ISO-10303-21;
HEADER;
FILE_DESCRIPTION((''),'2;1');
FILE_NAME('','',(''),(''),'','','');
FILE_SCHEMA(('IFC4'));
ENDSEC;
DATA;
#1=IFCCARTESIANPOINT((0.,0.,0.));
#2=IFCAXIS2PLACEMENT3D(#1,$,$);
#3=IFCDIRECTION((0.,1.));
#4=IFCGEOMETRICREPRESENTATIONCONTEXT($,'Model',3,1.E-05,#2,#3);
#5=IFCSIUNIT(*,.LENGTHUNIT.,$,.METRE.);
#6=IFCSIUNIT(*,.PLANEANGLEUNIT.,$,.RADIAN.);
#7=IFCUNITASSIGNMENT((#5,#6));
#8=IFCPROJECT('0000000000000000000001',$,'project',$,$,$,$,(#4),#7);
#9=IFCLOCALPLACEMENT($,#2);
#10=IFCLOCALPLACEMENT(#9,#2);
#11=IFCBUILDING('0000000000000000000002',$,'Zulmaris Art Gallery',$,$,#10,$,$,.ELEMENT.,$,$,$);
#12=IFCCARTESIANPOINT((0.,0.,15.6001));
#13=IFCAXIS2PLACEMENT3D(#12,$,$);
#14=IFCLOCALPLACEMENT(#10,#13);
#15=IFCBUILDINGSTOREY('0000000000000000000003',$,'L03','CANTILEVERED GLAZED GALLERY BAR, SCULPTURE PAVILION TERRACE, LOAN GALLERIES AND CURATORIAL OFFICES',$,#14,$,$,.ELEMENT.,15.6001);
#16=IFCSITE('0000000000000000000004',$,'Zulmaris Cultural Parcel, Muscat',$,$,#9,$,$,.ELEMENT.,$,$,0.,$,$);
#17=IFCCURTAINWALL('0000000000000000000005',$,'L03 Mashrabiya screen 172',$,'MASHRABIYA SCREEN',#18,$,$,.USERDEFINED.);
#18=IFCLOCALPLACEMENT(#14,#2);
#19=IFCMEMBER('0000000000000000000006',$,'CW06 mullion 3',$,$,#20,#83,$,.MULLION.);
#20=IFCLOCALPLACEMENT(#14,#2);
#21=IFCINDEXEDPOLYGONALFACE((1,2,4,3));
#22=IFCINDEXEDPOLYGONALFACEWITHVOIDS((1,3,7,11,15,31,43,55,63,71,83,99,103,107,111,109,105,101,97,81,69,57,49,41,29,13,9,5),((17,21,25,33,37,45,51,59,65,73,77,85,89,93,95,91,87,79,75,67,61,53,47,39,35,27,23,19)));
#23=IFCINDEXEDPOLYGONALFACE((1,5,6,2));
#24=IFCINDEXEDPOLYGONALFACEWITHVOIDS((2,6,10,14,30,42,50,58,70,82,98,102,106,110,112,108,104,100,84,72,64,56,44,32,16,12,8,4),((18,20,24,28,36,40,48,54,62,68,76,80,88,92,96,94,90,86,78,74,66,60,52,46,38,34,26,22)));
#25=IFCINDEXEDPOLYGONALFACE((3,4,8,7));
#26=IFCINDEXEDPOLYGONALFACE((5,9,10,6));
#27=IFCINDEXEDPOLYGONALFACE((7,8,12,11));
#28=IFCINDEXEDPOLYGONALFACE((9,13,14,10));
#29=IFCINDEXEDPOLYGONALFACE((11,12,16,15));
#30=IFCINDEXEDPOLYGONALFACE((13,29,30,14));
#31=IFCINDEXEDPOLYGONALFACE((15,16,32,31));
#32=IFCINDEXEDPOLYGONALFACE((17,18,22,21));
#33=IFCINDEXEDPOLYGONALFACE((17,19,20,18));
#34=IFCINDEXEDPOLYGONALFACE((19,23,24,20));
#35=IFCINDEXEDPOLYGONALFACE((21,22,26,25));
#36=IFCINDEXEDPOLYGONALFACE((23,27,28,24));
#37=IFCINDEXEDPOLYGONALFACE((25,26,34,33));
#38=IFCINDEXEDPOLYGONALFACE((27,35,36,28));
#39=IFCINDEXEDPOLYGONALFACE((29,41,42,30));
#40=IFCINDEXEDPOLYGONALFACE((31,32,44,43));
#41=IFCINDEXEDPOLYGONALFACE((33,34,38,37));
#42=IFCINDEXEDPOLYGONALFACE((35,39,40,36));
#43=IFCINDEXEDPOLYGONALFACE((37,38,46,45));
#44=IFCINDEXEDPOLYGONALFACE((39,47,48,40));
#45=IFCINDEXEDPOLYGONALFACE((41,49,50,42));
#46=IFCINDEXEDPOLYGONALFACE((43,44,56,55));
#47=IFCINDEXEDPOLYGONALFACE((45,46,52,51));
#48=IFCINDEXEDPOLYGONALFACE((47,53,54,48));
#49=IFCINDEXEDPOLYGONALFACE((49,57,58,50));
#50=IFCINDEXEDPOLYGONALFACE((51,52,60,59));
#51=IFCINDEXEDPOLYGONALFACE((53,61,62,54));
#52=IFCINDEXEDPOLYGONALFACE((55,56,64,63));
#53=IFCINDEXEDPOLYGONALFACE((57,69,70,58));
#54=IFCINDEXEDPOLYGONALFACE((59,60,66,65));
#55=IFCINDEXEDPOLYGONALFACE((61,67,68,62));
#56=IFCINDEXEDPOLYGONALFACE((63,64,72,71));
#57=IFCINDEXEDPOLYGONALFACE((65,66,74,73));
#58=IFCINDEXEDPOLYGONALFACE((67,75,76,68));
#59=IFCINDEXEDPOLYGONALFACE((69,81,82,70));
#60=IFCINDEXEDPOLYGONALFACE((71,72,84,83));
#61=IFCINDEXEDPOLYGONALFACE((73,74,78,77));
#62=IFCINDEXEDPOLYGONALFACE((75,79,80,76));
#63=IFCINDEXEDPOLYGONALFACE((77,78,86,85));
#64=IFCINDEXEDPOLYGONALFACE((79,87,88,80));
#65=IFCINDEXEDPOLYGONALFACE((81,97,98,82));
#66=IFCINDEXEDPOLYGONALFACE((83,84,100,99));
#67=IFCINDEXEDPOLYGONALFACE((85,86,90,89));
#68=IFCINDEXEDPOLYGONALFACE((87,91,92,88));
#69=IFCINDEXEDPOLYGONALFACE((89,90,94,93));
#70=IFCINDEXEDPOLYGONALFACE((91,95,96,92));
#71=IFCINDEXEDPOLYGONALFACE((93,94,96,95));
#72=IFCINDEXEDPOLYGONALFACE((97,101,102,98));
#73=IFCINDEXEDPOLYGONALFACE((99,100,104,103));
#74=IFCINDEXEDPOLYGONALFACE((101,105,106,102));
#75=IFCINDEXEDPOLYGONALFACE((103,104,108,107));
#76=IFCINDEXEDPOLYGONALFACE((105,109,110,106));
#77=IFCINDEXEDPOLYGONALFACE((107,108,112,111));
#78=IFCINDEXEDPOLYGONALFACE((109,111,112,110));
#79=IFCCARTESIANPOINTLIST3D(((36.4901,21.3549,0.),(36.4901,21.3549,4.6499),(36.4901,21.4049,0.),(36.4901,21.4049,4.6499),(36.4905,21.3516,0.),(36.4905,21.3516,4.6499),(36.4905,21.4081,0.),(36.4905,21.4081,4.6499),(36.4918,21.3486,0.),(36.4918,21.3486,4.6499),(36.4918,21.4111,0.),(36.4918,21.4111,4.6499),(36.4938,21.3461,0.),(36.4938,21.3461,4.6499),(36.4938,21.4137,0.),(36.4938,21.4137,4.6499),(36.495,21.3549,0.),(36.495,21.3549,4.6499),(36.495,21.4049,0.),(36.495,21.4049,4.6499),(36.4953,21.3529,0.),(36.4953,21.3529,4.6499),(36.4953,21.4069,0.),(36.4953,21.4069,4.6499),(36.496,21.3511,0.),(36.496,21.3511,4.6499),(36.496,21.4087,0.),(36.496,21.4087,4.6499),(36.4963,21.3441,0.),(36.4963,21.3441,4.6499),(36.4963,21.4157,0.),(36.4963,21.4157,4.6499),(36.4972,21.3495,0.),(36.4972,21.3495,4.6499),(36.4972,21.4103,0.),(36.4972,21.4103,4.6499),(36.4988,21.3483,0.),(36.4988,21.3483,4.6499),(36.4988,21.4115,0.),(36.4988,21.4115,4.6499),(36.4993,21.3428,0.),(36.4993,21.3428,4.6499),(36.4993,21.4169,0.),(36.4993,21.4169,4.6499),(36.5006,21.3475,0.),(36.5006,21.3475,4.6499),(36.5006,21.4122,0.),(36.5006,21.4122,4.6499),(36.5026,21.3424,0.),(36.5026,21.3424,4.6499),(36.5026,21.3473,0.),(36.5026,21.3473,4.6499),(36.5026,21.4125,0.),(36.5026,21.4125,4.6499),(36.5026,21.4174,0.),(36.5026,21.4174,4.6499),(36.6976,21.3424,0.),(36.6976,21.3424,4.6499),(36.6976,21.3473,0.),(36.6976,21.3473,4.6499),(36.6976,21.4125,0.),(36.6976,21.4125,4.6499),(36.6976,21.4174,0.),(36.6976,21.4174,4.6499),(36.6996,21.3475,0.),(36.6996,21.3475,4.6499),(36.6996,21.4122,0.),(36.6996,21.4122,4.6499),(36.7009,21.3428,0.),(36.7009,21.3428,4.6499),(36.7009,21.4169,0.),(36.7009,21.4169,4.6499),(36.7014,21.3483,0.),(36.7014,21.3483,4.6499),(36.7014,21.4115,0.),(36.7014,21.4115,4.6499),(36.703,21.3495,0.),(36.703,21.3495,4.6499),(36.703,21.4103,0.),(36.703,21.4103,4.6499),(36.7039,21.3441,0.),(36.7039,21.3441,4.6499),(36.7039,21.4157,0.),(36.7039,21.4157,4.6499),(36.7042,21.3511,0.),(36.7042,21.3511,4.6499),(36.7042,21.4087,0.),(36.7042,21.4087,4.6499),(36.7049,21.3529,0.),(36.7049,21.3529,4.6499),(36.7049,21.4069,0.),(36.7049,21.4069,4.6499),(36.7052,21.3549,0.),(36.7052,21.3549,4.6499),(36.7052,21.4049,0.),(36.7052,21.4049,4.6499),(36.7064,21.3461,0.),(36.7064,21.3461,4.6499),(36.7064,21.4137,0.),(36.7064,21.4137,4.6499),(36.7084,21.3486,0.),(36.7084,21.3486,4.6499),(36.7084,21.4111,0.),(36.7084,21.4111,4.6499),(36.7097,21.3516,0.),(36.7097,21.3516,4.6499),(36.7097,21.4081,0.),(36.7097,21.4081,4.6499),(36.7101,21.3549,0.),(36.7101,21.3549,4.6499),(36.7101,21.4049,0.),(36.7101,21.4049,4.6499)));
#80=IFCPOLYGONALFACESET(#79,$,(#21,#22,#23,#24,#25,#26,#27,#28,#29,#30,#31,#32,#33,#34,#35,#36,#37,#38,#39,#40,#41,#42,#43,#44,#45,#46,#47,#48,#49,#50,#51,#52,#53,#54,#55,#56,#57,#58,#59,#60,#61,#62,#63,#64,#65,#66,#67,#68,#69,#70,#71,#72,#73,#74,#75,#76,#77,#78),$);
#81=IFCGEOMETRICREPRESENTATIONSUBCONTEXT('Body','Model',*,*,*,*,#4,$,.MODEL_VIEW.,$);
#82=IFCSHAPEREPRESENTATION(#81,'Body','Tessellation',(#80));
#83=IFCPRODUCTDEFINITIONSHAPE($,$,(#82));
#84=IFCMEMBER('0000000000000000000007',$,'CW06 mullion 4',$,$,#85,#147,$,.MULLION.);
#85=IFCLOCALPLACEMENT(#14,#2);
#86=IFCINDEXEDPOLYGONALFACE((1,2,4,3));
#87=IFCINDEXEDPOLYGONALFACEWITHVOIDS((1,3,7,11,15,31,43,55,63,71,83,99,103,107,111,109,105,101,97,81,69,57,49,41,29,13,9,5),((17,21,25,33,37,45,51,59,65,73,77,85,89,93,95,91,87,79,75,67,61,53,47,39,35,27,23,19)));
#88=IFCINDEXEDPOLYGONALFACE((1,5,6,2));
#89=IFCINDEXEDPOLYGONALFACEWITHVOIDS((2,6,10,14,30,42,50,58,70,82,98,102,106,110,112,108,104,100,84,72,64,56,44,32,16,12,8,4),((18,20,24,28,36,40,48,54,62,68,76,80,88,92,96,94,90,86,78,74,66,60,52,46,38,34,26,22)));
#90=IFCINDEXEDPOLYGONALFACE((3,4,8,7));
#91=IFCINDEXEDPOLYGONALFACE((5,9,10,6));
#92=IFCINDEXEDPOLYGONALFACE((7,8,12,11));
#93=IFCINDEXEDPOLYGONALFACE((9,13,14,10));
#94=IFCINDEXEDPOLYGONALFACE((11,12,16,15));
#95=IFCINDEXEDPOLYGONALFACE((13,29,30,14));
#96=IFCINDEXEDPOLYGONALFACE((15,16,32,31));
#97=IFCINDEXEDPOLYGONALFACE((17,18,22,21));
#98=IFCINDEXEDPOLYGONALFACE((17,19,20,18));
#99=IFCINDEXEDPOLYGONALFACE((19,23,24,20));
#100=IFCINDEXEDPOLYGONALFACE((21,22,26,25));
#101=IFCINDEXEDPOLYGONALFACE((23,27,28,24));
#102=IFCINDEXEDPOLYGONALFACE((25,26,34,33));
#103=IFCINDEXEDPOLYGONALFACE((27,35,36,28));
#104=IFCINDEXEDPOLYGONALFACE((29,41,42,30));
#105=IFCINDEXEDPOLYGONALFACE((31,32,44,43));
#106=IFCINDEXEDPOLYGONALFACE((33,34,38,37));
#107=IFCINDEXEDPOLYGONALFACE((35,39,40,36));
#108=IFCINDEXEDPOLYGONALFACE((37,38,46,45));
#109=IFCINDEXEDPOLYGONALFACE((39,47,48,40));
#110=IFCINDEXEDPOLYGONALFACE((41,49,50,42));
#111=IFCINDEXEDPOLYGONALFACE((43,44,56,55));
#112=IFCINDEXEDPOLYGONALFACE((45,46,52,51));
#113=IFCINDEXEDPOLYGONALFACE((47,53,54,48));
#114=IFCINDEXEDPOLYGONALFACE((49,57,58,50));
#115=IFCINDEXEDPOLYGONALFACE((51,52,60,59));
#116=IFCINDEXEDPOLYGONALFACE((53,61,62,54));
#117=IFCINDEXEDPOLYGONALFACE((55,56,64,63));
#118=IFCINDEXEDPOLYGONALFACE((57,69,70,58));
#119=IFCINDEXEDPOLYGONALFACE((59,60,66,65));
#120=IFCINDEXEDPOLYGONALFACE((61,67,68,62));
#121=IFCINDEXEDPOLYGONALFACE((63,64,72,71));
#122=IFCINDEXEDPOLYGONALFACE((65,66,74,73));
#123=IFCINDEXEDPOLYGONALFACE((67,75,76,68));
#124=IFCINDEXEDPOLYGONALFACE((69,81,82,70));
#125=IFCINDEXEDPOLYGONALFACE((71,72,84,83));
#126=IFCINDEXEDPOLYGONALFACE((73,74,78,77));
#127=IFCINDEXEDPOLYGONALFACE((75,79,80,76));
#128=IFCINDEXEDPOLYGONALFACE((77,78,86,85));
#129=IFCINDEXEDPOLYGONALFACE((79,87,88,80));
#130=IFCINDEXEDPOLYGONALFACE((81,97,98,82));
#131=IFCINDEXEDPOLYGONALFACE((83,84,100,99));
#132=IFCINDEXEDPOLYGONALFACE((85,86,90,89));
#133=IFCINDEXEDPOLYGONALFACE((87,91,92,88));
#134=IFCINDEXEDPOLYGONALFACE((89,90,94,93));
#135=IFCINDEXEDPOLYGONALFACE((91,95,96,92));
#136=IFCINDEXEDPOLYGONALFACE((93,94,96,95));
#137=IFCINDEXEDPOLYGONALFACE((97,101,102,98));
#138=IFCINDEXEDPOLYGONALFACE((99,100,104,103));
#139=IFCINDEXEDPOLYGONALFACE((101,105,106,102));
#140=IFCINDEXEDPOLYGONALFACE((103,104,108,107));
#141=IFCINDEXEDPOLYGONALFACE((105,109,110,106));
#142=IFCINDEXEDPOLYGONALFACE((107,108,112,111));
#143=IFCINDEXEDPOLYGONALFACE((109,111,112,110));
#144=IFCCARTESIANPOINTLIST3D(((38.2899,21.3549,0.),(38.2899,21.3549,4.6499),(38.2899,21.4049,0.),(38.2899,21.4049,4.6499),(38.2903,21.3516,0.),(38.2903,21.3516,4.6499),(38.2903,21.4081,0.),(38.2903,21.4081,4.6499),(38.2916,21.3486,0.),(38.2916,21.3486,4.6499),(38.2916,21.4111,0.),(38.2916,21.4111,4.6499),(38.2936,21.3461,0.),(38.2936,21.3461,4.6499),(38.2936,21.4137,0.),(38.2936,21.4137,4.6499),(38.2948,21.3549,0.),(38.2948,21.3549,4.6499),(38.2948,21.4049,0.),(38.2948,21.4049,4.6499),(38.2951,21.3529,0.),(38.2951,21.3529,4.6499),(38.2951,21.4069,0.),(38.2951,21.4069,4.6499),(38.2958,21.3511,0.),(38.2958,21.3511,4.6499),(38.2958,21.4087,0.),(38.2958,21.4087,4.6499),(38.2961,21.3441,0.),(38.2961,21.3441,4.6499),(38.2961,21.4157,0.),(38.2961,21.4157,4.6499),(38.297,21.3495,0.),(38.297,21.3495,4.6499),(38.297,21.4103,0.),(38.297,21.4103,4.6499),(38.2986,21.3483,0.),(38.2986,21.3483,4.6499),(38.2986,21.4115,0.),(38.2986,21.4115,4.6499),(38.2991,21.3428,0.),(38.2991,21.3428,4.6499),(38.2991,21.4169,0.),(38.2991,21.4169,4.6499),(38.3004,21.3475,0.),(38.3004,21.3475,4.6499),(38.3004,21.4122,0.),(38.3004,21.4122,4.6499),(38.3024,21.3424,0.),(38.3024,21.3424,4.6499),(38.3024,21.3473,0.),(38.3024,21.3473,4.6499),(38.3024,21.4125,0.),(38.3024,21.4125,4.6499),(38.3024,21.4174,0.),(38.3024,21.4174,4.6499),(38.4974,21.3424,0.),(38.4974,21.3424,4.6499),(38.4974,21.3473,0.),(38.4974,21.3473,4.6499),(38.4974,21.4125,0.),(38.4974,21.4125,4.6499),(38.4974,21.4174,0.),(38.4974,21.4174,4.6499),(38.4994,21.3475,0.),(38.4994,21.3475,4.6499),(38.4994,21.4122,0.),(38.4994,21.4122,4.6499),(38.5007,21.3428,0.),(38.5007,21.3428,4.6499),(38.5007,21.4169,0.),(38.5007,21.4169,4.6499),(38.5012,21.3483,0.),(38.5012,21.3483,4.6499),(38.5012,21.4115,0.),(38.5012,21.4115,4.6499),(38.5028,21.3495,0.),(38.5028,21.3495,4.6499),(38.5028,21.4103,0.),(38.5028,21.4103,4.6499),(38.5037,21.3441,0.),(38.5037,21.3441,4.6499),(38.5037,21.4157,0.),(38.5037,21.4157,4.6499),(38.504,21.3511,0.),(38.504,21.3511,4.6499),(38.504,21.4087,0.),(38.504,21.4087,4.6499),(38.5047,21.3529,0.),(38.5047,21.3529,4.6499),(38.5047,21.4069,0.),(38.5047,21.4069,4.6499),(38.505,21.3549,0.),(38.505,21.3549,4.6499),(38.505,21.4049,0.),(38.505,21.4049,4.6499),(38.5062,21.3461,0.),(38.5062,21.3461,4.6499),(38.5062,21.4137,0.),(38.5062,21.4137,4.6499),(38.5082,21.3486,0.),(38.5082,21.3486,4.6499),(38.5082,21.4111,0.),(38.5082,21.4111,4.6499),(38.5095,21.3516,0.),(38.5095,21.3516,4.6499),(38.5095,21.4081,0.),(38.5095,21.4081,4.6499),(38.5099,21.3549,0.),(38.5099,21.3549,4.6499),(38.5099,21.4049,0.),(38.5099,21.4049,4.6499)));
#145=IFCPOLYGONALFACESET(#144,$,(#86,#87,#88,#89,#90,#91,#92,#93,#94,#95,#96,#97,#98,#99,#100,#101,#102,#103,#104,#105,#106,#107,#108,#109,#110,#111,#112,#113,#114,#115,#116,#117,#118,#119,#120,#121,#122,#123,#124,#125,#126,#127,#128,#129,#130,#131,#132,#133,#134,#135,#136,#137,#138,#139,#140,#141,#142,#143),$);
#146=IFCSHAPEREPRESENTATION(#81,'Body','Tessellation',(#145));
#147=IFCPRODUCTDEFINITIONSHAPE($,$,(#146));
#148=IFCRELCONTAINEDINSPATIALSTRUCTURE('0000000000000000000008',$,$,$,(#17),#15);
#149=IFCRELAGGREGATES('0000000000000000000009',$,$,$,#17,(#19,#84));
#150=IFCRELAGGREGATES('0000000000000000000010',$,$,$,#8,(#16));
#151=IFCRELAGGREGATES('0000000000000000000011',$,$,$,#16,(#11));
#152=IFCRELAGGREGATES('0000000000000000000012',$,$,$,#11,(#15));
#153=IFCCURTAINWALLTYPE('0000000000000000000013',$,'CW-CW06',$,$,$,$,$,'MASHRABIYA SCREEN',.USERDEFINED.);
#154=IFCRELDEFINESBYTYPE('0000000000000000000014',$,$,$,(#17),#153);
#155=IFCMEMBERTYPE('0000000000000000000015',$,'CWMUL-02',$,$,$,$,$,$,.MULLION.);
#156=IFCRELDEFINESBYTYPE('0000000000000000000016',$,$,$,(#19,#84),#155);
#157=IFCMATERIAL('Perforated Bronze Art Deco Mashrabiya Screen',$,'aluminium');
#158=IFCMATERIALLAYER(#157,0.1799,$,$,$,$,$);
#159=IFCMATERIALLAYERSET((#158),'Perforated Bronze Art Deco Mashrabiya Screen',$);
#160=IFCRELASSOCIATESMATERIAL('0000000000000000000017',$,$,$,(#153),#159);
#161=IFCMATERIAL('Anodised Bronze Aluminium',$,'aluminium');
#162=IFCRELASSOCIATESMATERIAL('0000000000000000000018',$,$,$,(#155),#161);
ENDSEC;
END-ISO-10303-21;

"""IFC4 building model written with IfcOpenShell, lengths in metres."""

from ifc_helpers import new_model, si_unit, direction, frame, origin, origin_2d, place, context, subcontext, project, spatial, hollow_rectangle, extrude, material, layer, layer_set, material_profile, profile_set, type_object, element, aggregate, save


model = new_model("IFC4")

# Units and contexts
model_context = context("Model", 3, precision=1e-05, world=origin(), true_north=direction((0.0, 1.0)))
body_context = subcontext(model_context, "Body", "Model", "MODEL_VIEW")
ifc_project = project(units=[si_unit("LENGTHUNIT", "METRE"), si_unit("PLANEANGLEUNIT", "RADIAN")], contexts=[model_context])

# Site, building, storey
site_placement = place(None, origin())
site = spatial("IfcSite", under=ifc_project, at=site_placement, Name="Zulmaris Cultural Parcel, Muscat", CompositionType="ELEMENT", RefElevation=0.0)
building_placement = place(site_placement, origin())
building = spatial("IfcBuilding", under=site, at=building_placement, Name="Zulmaris Art Gallery", CompositionType="ELEMENT")
storey_placement = place(building_placement, frame((0.0, 0.0, 15.6001)))
storey = spatial("IfcBuildingStorey", under=building, at=storey_placement, Name="L03", Description="CANTILEVERED GLAZED GALLERY BAR, SCULPTURE PAVILION TERRACE, LOAN GALLERIES AND CURATORIAL OFFICES", CompositionType="ELEMENT", Elevation=15.6001)

# Curtain wall, members
ifc_material_1 = material(Name="Perforated Bronze Art Deco Mashrabiya Screen", Category="aluminium")
ifc_layer_1 = layer(ifc_material_1, 0.1799)
ifc_layer_set_1 = layer_set([ifc_layer_1], Name="Perforated Bronze Art Deco Mashrabiya Screen")
curtain_wall_type = type_object("IfcCurtainWallType", Name="CW-CW06", ElementType="MASHRABIYA SCREEN", PredefinedType="USERDEFINED", material=ifc_layer_set_1)
ifc_material_2 = material(Name="Anodised Bronze Aluminium", Category="aluminium")
ifc_material_profile_1 = material_profile(ifc_material_2, hollow_rectangle(XDim=0.075, YDim=0.22, WallThickness=0.0049, InnerFilletRadius=0.0076, OuterFilletRadius=0.0125, at=origin_2d()), Name="ALU 75x220x5")
ifc_profile_set_1 = profile_set([ifc_material_profile_1], Name="Anodised Bronze Aluminium")
member_type_1 = type_object("IfcMemberType", Name="CWMUL-02", PredefinedType="MULLION", material=ifc_profile_set_1)
curtain_wall_1_placement = place(storey_placement, origin())
curtain_wall_1 = element("IfcCurtainWall", 1, at=curtain_wall_1_placement, inside=storey, type_object=curtain_wall_type, Name="L03 Mashrabiya screen 172", ObjectType="MASHRABIYA SCREEN", PredefinedType="USERDEFINED")
member_1_placement = place(storey_placement, frame((36.6001, 21.3799, 0.0), z_axis=(0.0, 0.0, 1.0), x_axis=(0.0, 1.0, 0.0)))
member_1 = element("IfcMember", 2, at=member_1_placement, type_object=member_type_1, Name="CW06 mullion 3", PredefinedType="MULLION", context=body_context, shape_type="SweptSolid", body=[
    extrude(hollow_rectangle(XDim=0.075, YDim=0.22, WallThickness=0.0049, InnerFilletRadius=0.0076, OuterFilletRadius=0.0125, at=origin_2d()), origin(), (0.0, 0.0, 1.0), 4.6499),
])
member_2_placement = place(storey_placement, frame((38.3999, 21.3799, 0.0), z_axis=(0.0, 0.0, 1.0), x_axis=(0.0, 1.0, 0.0)))
member_2 = element("IfcMember", 3, at=member_2_placement, type_object=member_type_1, Name="CW06 mullion 4", PredefinedType="MULLION", context=body_context, shape_type="SweptSolid", body=[
    extrude(hollow_rectangle(XDim=0.075, YDim=0.22, WallThickness=0.0049, InnerFilletRadius=0.0076, OuterFilletRadius=0.0125, at=origin_2d()), origin(), (0.0, 0.0, 1.0), 4.6499),
])

aggregate(curtain_wall_1, [member_1, member_2])

save(model, "model.ifc")
